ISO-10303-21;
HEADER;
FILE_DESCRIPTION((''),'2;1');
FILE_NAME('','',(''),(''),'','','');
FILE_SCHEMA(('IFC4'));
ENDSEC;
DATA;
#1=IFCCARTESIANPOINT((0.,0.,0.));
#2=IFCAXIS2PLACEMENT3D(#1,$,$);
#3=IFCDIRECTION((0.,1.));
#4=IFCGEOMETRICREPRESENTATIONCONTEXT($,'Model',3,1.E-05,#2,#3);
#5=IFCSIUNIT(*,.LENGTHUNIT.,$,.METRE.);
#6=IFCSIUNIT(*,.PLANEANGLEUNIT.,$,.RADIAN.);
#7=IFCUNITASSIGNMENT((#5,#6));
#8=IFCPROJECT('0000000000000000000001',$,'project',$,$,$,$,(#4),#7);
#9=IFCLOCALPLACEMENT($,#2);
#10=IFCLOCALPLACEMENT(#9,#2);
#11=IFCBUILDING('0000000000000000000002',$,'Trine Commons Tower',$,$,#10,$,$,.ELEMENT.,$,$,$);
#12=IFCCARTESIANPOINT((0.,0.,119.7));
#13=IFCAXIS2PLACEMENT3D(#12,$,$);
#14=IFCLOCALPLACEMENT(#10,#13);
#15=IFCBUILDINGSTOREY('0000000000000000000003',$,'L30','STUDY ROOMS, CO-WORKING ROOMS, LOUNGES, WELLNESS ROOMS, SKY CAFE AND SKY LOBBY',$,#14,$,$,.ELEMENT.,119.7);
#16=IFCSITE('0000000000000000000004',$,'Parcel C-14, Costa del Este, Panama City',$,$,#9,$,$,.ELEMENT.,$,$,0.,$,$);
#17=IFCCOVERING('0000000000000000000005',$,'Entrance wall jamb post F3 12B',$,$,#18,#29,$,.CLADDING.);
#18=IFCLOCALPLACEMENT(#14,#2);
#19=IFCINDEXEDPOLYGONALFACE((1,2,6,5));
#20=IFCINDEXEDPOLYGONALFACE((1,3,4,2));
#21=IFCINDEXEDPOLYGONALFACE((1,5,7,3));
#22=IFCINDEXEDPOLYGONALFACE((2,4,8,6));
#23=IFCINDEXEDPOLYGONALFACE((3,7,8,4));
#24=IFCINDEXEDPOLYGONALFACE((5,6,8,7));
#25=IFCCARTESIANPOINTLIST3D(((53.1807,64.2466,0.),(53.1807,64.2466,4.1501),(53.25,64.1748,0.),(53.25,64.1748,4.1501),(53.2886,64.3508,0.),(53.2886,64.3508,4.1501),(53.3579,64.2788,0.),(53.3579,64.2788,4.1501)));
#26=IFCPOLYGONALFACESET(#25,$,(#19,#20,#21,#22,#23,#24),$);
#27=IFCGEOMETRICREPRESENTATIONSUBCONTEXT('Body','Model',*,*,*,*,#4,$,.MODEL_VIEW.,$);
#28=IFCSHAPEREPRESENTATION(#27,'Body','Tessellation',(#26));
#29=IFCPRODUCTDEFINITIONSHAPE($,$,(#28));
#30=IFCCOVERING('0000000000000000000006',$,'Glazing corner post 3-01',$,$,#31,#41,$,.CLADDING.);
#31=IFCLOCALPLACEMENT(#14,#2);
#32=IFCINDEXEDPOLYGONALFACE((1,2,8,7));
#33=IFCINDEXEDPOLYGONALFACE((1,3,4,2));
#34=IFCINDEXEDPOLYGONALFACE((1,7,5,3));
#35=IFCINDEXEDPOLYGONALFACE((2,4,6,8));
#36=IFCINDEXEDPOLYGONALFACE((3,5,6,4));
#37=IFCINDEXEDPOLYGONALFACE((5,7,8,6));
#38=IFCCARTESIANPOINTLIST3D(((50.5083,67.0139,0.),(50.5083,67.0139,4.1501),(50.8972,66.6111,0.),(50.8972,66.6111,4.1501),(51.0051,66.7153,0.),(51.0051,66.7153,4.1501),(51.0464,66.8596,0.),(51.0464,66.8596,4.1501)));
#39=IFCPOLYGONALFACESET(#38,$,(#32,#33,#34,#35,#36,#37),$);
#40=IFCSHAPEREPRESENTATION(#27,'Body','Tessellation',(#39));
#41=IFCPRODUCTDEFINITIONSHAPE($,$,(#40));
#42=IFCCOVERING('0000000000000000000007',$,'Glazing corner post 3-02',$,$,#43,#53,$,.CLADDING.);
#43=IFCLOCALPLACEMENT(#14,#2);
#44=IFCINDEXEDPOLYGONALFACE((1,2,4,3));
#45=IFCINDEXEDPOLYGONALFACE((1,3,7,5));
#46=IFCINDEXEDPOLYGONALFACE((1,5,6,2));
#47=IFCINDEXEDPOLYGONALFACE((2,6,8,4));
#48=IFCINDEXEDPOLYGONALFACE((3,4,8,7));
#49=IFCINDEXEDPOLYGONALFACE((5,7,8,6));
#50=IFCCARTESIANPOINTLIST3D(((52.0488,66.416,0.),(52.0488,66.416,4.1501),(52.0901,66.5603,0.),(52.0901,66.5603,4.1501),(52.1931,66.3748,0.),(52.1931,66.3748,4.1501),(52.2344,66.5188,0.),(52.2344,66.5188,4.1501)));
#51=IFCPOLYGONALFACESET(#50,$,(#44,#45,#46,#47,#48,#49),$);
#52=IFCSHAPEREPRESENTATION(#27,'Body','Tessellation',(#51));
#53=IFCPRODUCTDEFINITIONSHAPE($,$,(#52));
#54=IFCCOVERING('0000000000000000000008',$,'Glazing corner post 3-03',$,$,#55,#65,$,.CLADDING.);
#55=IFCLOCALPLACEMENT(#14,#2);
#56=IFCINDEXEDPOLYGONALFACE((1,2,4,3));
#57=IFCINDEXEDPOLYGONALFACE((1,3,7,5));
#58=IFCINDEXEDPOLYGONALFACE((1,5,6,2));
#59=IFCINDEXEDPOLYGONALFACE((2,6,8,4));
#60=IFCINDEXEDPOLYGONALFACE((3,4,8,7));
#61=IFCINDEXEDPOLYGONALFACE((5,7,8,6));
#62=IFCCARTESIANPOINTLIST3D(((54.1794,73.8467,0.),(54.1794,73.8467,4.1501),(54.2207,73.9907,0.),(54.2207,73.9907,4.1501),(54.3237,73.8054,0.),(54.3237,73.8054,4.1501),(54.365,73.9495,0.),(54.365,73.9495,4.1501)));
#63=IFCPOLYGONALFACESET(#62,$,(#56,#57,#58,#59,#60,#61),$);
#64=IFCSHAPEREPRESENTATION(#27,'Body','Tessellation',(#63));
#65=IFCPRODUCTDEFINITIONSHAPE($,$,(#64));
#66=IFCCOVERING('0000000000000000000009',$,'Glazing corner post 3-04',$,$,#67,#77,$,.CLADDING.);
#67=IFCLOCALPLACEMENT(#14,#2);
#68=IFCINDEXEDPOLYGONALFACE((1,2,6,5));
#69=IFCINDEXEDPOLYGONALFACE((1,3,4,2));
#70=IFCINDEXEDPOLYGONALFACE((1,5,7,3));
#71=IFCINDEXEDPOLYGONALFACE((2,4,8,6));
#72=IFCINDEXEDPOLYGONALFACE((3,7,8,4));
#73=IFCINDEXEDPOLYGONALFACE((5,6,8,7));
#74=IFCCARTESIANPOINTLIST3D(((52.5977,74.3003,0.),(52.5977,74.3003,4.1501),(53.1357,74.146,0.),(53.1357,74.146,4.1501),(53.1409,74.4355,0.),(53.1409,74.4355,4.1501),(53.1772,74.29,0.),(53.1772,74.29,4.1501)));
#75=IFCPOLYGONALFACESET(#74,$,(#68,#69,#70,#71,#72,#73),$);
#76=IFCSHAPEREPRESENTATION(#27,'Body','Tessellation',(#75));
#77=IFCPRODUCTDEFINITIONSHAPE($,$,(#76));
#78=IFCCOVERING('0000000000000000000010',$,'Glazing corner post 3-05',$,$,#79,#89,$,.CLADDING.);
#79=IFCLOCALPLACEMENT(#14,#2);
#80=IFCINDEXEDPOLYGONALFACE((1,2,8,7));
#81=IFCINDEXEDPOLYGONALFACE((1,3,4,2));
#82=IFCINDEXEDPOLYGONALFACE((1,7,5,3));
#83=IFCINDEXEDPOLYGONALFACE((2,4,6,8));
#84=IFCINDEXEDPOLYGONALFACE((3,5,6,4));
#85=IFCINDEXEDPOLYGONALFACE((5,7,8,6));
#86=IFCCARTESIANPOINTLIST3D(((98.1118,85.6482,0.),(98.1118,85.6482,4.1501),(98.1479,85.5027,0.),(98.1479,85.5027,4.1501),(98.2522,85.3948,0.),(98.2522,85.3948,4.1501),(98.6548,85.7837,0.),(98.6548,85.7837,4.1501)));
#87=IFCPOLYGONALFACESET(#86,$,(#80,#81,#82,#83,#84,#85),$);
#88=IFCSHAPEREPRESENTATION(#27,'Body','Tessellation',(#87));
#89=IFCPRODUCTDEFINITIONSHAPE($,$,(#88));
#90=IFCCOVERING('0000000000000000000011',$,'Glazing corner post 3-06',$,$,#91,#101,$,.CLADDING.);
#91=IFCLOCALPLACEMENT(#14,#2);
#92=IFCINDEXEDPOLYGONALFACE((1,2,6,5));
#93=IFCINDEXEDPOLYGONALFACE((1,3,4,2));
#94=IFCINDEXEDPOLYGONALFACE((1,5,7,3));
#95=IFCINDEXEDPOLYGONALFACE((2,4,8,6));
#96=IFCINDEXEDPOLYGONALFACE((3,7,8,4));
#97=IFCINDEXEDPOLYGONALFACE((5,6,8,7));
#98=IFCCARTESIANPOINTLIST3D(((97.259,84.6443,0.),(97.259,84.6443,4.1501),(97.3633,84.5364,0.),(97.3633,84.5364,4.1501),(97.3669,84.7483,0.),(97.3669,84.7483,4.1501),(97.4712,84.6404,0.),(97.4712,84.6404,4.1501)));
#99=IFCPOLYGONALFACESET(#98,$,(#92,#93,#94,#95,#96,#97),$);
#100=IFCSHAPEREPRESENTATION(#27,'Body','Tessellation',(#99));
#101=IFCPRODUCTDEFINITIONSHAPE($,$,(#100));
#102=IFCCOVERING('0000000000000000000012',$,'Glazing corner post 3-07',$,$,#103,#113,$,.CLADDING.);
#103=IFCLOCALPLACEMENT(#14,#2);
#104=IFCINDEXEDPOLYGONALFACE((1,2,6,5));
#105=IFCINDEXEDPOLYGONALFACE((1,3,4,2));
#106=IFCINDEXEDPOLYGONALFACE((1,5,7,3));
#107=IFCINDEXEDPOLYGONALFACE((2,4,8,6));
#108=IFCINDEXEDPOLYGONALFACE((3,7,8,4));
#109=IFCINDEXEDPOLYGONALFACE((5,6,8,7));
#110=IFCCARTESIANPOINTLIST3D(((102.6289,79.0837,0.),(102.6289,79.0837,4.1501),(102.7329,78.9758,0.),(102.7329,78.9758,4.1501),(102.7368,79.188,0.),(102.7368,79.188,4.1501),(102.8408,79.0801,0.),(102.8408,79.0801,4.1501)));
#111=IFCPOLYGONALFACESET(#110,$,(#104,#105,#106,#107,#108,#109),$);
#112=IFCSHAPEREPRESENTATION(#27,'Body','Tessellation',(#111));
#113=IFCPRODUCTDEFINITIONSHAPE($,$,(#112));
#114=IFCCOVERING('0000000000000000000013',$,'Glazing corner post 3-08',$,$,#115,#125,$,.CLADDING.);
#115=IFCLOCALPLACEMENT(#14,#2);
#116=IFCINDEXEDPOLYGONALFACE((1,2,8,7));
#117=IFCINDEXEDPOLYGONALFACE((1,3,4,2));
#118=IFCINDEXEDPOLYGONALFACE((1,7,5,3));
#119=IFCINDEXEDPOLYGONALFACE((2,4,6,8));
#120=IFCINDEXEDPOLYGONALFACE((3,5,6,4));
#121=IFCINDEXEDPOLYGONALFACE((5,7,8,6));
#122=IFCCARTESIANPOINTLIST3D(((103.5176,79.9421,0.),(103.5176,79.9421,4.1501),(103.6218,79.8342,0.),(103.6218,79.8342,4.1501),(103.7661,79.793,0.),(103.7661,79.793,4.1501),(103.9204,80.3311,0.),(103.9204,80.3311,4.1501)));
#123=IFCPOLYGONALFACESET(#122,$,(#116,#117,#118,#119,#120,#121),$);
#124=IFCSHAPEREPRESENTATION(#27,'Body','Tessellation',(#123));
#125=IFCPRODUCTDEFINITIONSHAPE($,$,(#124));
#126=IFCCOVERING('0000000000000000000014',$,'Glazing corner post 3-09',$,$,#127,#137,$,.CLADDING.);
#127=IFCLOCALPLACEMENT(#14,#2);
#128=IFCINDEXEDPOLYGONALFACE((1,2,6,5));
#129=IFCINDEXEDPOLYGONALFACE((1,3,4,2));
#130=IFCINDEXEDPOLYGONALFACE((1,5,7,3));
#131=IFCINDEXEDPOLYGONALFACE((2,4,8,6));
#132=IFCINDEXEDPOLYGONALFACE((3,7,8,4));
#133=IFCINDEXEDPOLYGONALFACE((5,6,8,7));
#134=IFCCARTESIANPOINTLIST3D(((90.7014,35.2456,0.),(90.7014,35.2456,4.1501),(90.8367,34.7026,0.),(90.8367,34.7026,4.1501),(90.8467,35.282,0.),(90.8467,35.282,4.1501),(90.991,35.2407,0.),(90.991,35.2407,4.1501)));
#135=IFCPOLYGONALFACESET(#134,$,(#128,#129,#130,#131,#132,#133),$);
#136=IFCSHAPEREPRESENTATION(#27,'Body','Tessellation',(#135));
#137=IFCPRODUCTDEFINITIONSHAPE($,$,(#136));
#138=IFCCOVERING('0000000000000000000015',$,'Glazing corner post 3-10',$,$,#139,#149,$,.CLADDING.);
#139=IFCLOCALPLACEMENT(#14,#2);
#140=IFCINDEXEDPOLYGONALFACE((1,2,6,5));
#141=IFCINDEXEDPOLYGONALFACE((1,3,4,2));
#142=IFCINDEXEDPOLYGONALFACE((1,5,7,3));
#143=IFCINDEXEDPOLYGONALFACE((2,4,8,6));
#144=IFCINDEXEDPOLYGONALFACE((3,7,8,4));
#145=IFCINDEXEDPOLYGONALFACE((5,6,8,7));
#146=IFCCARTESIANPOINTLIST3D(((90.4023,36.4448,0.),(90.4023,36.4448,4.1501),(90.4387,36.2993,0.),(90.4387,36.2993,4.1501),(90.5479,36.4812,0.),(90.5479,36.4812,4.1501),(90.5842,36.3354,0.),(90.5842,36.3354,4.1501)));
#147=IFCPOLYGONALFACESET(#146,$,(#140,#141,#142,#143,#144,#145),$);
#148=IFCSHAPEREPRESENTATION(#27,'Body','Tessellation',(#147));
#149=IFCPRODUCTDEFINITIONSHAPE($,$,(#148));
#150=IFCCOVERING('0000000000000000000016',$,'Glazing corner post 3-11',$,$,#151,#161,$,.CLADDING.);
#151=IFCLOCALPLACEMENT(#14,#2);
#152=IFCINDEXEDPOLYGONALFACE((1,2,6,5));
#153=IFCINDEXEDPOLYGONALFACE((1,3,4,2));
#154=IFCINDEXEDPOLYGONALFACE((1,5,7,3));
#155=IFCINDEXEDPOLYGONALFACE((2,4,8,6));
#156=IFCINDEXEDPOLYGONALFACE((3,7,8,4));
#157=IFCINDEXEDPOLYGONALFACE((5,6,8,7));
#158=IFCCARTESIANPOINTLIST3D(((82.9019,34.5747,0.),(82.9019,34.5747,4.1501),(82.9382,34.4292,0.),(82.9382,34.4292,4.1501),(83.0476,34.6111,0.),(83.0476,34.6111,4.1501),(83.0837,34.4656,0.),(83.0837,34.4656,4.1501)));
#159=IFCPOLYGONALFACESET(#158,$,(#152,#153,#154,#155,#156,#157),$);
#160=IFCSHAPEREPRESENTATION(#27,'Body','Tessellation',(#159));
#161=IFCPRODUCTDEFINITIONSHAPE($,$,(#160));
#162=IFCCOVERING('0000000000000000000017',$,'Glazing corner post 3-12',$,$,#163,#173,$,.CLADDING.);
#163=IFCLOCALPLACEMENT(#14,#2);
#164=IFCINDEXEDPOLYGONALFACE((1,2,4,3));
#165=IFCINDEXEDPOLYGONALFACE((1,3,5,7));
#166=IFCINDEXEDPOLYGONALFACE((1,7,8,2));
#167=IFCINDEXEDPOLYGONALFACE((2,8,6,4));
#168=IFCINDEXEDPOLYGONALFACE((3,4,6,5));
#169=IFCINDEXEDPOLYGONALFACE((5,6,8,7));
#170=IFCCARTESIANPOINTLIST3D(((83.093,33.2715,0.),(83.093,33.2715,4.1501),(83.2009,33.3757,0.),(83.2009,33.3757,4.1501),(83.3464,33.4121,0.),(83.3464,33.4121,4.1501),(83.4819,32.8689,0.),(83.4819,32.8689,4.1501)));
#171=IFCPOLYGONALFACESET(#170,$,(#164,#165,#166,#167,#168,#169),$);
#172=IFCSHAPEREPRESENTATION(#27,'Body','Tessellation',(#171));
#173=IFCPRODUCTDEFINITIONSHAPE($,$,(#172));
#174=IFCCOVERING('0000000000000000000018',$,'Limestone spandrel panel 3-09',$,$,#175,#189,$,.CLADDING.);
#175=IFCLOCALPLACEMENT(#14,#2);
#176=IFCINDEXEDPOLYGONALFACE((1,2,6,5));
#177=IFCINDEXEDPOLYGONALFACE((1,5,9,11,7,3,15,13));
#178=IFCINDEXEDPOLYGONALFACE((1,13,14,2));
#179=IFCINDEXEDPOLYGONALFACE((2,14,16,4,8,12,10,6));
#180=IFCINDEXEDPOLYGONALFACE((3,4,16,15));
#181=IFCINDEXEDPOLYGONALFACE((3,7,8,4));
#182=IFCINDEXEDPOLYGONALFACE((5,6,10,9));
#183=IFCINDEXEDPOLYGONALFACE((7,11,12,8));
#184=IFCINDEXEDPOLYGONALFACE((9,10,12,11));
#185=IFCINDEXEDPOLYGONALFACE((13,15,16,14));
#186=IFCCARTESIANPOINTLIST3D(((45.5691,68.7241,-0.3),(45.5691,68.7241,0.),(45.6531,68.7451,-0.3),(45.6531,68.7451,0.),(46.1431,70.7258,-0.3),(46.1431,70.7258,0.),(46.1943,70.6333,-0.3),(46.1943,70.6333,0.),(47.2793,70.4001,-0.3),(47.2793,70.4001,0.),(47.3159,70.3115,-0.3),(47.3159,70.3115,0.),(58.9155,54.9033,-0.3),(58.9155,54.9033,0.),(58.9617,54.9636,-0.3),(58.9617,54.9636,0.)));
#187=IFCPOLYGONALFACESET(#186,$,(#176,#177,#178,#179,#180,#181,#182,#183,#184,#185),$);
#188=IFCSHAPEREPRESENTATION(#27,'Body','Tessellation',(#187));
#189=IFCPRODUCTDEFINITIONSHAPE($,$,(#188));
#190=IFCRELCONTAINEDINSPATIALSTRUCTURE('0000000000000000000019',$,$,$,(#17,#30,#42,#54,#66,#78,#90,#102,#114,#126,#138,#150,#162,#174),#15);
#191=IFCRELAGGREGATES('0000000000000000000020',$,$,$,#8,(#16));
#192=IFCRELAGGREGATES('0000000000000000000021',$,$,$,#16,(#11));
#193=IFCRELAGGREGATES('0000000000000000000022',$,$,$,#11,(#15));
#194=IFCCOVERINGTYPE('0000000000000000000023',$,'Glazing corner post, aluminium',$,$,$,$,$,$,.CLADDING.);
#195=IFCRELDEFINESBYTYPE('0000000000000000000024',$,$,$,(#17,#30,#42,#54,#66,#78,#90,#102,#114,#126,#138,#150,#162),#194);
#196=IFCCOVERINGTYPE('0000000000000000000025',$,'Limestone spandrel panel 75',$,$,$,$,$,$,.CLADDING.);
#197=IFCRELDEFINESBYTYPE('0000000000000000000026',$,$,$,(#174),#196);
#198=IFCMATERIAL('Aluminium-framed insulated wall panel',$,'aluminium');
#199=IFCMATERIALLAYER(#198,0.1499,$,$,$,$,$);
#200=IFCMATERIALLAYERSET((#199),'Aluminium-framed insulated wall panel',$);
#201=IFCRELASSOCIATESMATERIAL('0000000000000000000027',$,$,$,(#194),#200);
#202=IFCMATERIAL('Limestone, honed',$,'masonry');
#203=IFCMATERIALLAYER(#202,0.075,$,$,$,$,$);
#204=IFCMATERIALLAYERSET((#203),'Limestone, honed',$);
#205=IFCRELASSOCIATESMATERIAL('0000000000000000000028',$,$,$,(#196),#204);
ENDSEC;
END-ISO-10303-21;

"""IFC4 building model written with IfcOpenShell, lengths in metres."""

from ifc_helpers import new_model, si_unit, direction, frame, origin, place, context, subcontext, project, spatial, polyline, outline, extrude, material, layer, layer_set, type_object, element, save


model = new_model("IFC4")

# Units and contexts
model_context = context("Model", 3, precision=1e-05, world=origin(), true_north=direction((0.0, 1.0)))
body_context = subcontext(model_context, "Body", "Model", "MODEL_VIEW")
ifc_project = project(units=[si_unit("LENGTHUNIT", "METRE"), si_unit("PLANEANGLEUNIT", "RADIAN")], contexts=[model_context])

# Site, building, storey
site_placement = place(None, origin())
site = spatial("IfcSite", under=ifc_project, at=site_placement, Name="Parcel C-14, Costa del Este, Panama City", CompositionType="ELEMENT", RefElevation=0.0)
building_placement = place(site_placement, origin())
building = spatial("IfcBuilding", under=site, at=building_placement, Name="Trine Commons Tower", CompositionType="ELEMENT")
storey_placement = place(building_placement, frame((0.0, 0.0, 119.7)))
storey = spatial("IfcBuildingStorey", under=building, at=storey_placement, Name="L30", Description="STUDY ROOMS, CO-WORKING ROOMS, LOUNGES, WELLNESS ROOMS, SKY CAFE AND SKY LOBBY", CompositionType="ELEMENT", Elevation=119.7)

# Shared definitions
ifc_material_1 = material(Name="Aluminium-framed insulated wall panel", Category="aluminium")

# Coverings
ifc_layer_1 = layer(ifc_material_1, 0.1499)
ifc_layer_set_1 = layer_set([ifc_layer_1], Name="Aluminium-framed insulated wall panel")
covering_type_1 = type_object("IfcCoveringType", Name="Glazing corner post, aluminium", PredefinedType="CLADDING", material=ifc_layer_set_1)
covering_1_placement = place(storey_placement, origin())
element("IfcCovering", 1, at=covering_1_placement, inside=storey, type_object=covering_type_1, Name="Entrance wall jamb post F3 12B", PredefinedType="CLADDING", context=body_context, shape_type="SweptSolid", body=[
    extrude(outline(polyline([(53.25, 64.1748), (53.1807, 64.2466), (53.2886, 64.3508), (53.3579, 64.2788), (53.25, 64.1748)])), origin(), (0.0, 0.0, 1.0), 4.1501),
])
covering_2_placement = place(storey_placement, origin())
element("IfcCovering", 2, at=covering_2_placement, inside=storey, type_object=covering_type_1, Name="Glazing corner post 3-01", PredefinedType="CLADDING", context=body_context, shape_type="SweptSolid", body=[
    extrude(outline(polyline([(50.8972, 66.6111), (51.0051, 66.7153), (51.0464, 66.8596), (50.5083, 67.0139), (50.8972, 66.6111)])), origin(), (0.0, 0.0, 1.0), 4.1501),
])
covering_3_placement = place(storey_placement, origin())
element("IfcCovering", 3, at=covering_3_placement, inside=storey, type_object=covering_type_1, Name="Glazing corner post 3-02", PredefinedType="CLADDING", context=body_context, shape_type="SweptSolid", body=[
    extrude(outline(polyline([(52.0488, 66.416), (52.1931, 66.3748), (52.2344, 66.5188), (52.0901, 66.5603), (52.0488, 66.416)])), origin(), (0.0, 0.0, 1.0), 4.1501),
])
covering_4_placement = place(storey_placement, origin())
element("IfcCovering", 4, at=covering_4_placement, inside=storey, type_object=covering_type_1, Name="Glazing corner post 3-03", PredefinedType="CLADDING", context=body_context, shape_type="SweptSolid", body=[
    extrude(outline(polyline([(54.3237, 73.8054), (54.365, 73.9495), (54.2207, 73.9907), (54.1794, 73.8467), (54.3237, 73.8054)])), origin(), (0.0, 0.0, 1.0), 4.1501),
])
covering_5_placement = place(storey_placement, origin())
element("IfcCovering", 5, at=covering_5_placement, inside=storey, type_object=covering_type_1, Name="Glazing corner post 3-04", PredefinedType="CLADDING", context=body_context, shape_type="SweptSolid", body=[
    extrude(outline(polyline([(53.1357, 74.146), (53.1772, 74.29), (53.1409, 74.4355), (52.5977, 74.3003), (53.1357, 74.146)])), origin(), (0.0, 0.0, 1.0), 4.1501),
])
covering_6_placement = place(storey_placement, origin())
element("IfcCovering", 6, at=covering_6_placement, inside=storey, type_object=covering_type_1, Name="Glazing corner post 3-05", PredefinedType="CLADDING", context=body_context, shape_type="SweptSolid", body=[
    extrude(outline(polyline([(98.2522, 85.3948), (98.6548, 85.7837), (98.1118, 85.6482), (98.1479, 85.5027), (98.2522, 85.3948)])), origin(), (0.0, 0.0, 1.0), 4.1501),
])
covering_7_placement = place(storey_placement, origin())
element("IfcCovering", 7, at=covering_7_placement, inside=storey, type_object=covering_type_1, Name="Glazing corner post 3-06", PredefinedType="CLADDING", context=body_context, shape_type="SweptSolid", body=[
    extrude(outline(polyline([(97.3633, 84.5364), (97.4712, 84.6404), (97.4712, 84.6404), (97.3669, 84.7483), (97.259, 84.6443), (97.3633, 84.5364)])), origin(), (0.0, 0.0, 1.0), 4.1501),
])
covering_8_placement = place(storey_placement, origin())
element("IfcCovering", 8, at=covering_8_placement, inside=storey, type_object=covering_type_1, Name="Glazing corner post 3-07", PredefinedType="CLADDING", context=body_context, shape_type="SweptSolid", body=[
    extrude(outline(polyline([(102.6289, 79.0837), (102.7329, 78.9758), (102.8408, 79.0801), (102.7368, 79.188), (102.7368, 79.188), (102.6289, 79.0837)])), origin(), (0.0, 0.0, 1.0), 4.1501),
])
covering_9_placement = place(storey_placement, origin())
element("IfcCovering", 9, at=covering_9_placement, inside=storey, type_object=covering_type_1, Name="Glazing corner post 3-08", PredefinedType="CLADDING", context=body_context, shape_type="SweptSolid", body=[
    extrude(outline(polyline([(103.7661, 79.793), (103.9204, 80.3311), (103.5176, 79.9421), (103.6218, 79.8342), (103.7661, 79.793)])), origin(), (0.0, 0.0, 1.0), 4.1501),
])
covering_10_placement = place(storey_placement, origin())
element("IfcCovering", 10, at=covering_10_placement, inside=storey, type_object=covering_type_1, Name="Glazing corner post 3-09", PredefinedType="CLADDING", context=body_context, shape_type="SweptSolid", body=[
    extrude(outline(polyline([(90.7014, 35.2456), (90.8367, 34.7026), (90.991, 35.2407), (90.8467, 35.282), (90.7014, 35.2456)])), origin(), (0.0, 0.0, 1.0), 4.1501),
])
covering_11_placement = place(storey_placement, origin())
element("IfcCovering", 11, at=covering_11_placement, inside=storey, type_object=covering_type_1, Name="Glazing corner post 3-10", PredefinedType="CLADDING", context=body_context, shape_type="SweptSolid", body=[
    extrude(outline(polyline([(90.4023, 36.4448), (90.4387, 36.2993), (90.5842, 36.3354), (90.5479, 36.4812), (90.4023, 36.4448)])), origin(), (0.0, 0.0, 1.0), 4.1501),
])
covering_12_placement = place(storey_placement, origin())
element("IfcCovering", 12, at=covering_12_placement, inside=storey, type_object=covering_type_1, Name="Glazing corner post 3-11", PredefinedType="CLADDING", context=body_context, shape_type="SweptSolid", body=[
    extrude(outline(polyline([(82.9382, 34.4292), (83.0837, 34.4656), (83.0476, 34.6111), (82.9019, 34.5747), (82.9382, 34.4292)])), origin(), (0.0, 0.0, 1.0), 4.1501),
])
covering_13_placement = place(storey_placement, origin())
element("IfcCovering", 13, at=covering_13_placement, inside=storey, type_object=covering_type_1, Name="Glazing corner post 3-12", PredefinedType="CLADDING", context=body_context, shape_type="SweptSolid", body=[
    extrude(outline(polyline([(83.093, 33.2715), (83.4819, 32.8689), (83.3464, 33.4121), (83.2009, 33.3757), (83.093, 33.2715)])), origin(), (0.0, 0.0, 1.0), 4.1501),
])
ifc_material_2 = material(Name="Limestone, honed", Category="masonry")
ifc_layer_2 = layer(ifc_material_2, 0.075)
ifc_layer_set_2 = layer_set([ifc_layer_2], Name="Limestone, honed")
covering_type_2 = type_object("IfcCoveringType", Name="Limestone spandrel panel 75", PredefinedType="CLADDING", material=ifc_layer_set_2)
covering_14_placement = place(storey_placement, frame((0.0, 0.0, -0.3)))
element("IfcCovering", 14, at=covering_14_placement, inside=storey, type_object=covering_type_2, Name="Limestone spandrel panel 3-09", PredefinedType="CLADDING", context=body_context, shape_type="SweptSolid", body=[
    extrude(outline(polyline([(45.5691, 68.7241), (58.9155, 54.9033), (58.9617, 54.9636), (45.6531, 68.7451), (46.1943, 70.6333), (47.3159, 70.3115), (47.2793, 70.4001), (46.1431, 70.7258), (45.5691, 68.7241)])), origin(), (0.0, 0.0, 1.0), 0.3),
])

save(model, "model.ifc")
